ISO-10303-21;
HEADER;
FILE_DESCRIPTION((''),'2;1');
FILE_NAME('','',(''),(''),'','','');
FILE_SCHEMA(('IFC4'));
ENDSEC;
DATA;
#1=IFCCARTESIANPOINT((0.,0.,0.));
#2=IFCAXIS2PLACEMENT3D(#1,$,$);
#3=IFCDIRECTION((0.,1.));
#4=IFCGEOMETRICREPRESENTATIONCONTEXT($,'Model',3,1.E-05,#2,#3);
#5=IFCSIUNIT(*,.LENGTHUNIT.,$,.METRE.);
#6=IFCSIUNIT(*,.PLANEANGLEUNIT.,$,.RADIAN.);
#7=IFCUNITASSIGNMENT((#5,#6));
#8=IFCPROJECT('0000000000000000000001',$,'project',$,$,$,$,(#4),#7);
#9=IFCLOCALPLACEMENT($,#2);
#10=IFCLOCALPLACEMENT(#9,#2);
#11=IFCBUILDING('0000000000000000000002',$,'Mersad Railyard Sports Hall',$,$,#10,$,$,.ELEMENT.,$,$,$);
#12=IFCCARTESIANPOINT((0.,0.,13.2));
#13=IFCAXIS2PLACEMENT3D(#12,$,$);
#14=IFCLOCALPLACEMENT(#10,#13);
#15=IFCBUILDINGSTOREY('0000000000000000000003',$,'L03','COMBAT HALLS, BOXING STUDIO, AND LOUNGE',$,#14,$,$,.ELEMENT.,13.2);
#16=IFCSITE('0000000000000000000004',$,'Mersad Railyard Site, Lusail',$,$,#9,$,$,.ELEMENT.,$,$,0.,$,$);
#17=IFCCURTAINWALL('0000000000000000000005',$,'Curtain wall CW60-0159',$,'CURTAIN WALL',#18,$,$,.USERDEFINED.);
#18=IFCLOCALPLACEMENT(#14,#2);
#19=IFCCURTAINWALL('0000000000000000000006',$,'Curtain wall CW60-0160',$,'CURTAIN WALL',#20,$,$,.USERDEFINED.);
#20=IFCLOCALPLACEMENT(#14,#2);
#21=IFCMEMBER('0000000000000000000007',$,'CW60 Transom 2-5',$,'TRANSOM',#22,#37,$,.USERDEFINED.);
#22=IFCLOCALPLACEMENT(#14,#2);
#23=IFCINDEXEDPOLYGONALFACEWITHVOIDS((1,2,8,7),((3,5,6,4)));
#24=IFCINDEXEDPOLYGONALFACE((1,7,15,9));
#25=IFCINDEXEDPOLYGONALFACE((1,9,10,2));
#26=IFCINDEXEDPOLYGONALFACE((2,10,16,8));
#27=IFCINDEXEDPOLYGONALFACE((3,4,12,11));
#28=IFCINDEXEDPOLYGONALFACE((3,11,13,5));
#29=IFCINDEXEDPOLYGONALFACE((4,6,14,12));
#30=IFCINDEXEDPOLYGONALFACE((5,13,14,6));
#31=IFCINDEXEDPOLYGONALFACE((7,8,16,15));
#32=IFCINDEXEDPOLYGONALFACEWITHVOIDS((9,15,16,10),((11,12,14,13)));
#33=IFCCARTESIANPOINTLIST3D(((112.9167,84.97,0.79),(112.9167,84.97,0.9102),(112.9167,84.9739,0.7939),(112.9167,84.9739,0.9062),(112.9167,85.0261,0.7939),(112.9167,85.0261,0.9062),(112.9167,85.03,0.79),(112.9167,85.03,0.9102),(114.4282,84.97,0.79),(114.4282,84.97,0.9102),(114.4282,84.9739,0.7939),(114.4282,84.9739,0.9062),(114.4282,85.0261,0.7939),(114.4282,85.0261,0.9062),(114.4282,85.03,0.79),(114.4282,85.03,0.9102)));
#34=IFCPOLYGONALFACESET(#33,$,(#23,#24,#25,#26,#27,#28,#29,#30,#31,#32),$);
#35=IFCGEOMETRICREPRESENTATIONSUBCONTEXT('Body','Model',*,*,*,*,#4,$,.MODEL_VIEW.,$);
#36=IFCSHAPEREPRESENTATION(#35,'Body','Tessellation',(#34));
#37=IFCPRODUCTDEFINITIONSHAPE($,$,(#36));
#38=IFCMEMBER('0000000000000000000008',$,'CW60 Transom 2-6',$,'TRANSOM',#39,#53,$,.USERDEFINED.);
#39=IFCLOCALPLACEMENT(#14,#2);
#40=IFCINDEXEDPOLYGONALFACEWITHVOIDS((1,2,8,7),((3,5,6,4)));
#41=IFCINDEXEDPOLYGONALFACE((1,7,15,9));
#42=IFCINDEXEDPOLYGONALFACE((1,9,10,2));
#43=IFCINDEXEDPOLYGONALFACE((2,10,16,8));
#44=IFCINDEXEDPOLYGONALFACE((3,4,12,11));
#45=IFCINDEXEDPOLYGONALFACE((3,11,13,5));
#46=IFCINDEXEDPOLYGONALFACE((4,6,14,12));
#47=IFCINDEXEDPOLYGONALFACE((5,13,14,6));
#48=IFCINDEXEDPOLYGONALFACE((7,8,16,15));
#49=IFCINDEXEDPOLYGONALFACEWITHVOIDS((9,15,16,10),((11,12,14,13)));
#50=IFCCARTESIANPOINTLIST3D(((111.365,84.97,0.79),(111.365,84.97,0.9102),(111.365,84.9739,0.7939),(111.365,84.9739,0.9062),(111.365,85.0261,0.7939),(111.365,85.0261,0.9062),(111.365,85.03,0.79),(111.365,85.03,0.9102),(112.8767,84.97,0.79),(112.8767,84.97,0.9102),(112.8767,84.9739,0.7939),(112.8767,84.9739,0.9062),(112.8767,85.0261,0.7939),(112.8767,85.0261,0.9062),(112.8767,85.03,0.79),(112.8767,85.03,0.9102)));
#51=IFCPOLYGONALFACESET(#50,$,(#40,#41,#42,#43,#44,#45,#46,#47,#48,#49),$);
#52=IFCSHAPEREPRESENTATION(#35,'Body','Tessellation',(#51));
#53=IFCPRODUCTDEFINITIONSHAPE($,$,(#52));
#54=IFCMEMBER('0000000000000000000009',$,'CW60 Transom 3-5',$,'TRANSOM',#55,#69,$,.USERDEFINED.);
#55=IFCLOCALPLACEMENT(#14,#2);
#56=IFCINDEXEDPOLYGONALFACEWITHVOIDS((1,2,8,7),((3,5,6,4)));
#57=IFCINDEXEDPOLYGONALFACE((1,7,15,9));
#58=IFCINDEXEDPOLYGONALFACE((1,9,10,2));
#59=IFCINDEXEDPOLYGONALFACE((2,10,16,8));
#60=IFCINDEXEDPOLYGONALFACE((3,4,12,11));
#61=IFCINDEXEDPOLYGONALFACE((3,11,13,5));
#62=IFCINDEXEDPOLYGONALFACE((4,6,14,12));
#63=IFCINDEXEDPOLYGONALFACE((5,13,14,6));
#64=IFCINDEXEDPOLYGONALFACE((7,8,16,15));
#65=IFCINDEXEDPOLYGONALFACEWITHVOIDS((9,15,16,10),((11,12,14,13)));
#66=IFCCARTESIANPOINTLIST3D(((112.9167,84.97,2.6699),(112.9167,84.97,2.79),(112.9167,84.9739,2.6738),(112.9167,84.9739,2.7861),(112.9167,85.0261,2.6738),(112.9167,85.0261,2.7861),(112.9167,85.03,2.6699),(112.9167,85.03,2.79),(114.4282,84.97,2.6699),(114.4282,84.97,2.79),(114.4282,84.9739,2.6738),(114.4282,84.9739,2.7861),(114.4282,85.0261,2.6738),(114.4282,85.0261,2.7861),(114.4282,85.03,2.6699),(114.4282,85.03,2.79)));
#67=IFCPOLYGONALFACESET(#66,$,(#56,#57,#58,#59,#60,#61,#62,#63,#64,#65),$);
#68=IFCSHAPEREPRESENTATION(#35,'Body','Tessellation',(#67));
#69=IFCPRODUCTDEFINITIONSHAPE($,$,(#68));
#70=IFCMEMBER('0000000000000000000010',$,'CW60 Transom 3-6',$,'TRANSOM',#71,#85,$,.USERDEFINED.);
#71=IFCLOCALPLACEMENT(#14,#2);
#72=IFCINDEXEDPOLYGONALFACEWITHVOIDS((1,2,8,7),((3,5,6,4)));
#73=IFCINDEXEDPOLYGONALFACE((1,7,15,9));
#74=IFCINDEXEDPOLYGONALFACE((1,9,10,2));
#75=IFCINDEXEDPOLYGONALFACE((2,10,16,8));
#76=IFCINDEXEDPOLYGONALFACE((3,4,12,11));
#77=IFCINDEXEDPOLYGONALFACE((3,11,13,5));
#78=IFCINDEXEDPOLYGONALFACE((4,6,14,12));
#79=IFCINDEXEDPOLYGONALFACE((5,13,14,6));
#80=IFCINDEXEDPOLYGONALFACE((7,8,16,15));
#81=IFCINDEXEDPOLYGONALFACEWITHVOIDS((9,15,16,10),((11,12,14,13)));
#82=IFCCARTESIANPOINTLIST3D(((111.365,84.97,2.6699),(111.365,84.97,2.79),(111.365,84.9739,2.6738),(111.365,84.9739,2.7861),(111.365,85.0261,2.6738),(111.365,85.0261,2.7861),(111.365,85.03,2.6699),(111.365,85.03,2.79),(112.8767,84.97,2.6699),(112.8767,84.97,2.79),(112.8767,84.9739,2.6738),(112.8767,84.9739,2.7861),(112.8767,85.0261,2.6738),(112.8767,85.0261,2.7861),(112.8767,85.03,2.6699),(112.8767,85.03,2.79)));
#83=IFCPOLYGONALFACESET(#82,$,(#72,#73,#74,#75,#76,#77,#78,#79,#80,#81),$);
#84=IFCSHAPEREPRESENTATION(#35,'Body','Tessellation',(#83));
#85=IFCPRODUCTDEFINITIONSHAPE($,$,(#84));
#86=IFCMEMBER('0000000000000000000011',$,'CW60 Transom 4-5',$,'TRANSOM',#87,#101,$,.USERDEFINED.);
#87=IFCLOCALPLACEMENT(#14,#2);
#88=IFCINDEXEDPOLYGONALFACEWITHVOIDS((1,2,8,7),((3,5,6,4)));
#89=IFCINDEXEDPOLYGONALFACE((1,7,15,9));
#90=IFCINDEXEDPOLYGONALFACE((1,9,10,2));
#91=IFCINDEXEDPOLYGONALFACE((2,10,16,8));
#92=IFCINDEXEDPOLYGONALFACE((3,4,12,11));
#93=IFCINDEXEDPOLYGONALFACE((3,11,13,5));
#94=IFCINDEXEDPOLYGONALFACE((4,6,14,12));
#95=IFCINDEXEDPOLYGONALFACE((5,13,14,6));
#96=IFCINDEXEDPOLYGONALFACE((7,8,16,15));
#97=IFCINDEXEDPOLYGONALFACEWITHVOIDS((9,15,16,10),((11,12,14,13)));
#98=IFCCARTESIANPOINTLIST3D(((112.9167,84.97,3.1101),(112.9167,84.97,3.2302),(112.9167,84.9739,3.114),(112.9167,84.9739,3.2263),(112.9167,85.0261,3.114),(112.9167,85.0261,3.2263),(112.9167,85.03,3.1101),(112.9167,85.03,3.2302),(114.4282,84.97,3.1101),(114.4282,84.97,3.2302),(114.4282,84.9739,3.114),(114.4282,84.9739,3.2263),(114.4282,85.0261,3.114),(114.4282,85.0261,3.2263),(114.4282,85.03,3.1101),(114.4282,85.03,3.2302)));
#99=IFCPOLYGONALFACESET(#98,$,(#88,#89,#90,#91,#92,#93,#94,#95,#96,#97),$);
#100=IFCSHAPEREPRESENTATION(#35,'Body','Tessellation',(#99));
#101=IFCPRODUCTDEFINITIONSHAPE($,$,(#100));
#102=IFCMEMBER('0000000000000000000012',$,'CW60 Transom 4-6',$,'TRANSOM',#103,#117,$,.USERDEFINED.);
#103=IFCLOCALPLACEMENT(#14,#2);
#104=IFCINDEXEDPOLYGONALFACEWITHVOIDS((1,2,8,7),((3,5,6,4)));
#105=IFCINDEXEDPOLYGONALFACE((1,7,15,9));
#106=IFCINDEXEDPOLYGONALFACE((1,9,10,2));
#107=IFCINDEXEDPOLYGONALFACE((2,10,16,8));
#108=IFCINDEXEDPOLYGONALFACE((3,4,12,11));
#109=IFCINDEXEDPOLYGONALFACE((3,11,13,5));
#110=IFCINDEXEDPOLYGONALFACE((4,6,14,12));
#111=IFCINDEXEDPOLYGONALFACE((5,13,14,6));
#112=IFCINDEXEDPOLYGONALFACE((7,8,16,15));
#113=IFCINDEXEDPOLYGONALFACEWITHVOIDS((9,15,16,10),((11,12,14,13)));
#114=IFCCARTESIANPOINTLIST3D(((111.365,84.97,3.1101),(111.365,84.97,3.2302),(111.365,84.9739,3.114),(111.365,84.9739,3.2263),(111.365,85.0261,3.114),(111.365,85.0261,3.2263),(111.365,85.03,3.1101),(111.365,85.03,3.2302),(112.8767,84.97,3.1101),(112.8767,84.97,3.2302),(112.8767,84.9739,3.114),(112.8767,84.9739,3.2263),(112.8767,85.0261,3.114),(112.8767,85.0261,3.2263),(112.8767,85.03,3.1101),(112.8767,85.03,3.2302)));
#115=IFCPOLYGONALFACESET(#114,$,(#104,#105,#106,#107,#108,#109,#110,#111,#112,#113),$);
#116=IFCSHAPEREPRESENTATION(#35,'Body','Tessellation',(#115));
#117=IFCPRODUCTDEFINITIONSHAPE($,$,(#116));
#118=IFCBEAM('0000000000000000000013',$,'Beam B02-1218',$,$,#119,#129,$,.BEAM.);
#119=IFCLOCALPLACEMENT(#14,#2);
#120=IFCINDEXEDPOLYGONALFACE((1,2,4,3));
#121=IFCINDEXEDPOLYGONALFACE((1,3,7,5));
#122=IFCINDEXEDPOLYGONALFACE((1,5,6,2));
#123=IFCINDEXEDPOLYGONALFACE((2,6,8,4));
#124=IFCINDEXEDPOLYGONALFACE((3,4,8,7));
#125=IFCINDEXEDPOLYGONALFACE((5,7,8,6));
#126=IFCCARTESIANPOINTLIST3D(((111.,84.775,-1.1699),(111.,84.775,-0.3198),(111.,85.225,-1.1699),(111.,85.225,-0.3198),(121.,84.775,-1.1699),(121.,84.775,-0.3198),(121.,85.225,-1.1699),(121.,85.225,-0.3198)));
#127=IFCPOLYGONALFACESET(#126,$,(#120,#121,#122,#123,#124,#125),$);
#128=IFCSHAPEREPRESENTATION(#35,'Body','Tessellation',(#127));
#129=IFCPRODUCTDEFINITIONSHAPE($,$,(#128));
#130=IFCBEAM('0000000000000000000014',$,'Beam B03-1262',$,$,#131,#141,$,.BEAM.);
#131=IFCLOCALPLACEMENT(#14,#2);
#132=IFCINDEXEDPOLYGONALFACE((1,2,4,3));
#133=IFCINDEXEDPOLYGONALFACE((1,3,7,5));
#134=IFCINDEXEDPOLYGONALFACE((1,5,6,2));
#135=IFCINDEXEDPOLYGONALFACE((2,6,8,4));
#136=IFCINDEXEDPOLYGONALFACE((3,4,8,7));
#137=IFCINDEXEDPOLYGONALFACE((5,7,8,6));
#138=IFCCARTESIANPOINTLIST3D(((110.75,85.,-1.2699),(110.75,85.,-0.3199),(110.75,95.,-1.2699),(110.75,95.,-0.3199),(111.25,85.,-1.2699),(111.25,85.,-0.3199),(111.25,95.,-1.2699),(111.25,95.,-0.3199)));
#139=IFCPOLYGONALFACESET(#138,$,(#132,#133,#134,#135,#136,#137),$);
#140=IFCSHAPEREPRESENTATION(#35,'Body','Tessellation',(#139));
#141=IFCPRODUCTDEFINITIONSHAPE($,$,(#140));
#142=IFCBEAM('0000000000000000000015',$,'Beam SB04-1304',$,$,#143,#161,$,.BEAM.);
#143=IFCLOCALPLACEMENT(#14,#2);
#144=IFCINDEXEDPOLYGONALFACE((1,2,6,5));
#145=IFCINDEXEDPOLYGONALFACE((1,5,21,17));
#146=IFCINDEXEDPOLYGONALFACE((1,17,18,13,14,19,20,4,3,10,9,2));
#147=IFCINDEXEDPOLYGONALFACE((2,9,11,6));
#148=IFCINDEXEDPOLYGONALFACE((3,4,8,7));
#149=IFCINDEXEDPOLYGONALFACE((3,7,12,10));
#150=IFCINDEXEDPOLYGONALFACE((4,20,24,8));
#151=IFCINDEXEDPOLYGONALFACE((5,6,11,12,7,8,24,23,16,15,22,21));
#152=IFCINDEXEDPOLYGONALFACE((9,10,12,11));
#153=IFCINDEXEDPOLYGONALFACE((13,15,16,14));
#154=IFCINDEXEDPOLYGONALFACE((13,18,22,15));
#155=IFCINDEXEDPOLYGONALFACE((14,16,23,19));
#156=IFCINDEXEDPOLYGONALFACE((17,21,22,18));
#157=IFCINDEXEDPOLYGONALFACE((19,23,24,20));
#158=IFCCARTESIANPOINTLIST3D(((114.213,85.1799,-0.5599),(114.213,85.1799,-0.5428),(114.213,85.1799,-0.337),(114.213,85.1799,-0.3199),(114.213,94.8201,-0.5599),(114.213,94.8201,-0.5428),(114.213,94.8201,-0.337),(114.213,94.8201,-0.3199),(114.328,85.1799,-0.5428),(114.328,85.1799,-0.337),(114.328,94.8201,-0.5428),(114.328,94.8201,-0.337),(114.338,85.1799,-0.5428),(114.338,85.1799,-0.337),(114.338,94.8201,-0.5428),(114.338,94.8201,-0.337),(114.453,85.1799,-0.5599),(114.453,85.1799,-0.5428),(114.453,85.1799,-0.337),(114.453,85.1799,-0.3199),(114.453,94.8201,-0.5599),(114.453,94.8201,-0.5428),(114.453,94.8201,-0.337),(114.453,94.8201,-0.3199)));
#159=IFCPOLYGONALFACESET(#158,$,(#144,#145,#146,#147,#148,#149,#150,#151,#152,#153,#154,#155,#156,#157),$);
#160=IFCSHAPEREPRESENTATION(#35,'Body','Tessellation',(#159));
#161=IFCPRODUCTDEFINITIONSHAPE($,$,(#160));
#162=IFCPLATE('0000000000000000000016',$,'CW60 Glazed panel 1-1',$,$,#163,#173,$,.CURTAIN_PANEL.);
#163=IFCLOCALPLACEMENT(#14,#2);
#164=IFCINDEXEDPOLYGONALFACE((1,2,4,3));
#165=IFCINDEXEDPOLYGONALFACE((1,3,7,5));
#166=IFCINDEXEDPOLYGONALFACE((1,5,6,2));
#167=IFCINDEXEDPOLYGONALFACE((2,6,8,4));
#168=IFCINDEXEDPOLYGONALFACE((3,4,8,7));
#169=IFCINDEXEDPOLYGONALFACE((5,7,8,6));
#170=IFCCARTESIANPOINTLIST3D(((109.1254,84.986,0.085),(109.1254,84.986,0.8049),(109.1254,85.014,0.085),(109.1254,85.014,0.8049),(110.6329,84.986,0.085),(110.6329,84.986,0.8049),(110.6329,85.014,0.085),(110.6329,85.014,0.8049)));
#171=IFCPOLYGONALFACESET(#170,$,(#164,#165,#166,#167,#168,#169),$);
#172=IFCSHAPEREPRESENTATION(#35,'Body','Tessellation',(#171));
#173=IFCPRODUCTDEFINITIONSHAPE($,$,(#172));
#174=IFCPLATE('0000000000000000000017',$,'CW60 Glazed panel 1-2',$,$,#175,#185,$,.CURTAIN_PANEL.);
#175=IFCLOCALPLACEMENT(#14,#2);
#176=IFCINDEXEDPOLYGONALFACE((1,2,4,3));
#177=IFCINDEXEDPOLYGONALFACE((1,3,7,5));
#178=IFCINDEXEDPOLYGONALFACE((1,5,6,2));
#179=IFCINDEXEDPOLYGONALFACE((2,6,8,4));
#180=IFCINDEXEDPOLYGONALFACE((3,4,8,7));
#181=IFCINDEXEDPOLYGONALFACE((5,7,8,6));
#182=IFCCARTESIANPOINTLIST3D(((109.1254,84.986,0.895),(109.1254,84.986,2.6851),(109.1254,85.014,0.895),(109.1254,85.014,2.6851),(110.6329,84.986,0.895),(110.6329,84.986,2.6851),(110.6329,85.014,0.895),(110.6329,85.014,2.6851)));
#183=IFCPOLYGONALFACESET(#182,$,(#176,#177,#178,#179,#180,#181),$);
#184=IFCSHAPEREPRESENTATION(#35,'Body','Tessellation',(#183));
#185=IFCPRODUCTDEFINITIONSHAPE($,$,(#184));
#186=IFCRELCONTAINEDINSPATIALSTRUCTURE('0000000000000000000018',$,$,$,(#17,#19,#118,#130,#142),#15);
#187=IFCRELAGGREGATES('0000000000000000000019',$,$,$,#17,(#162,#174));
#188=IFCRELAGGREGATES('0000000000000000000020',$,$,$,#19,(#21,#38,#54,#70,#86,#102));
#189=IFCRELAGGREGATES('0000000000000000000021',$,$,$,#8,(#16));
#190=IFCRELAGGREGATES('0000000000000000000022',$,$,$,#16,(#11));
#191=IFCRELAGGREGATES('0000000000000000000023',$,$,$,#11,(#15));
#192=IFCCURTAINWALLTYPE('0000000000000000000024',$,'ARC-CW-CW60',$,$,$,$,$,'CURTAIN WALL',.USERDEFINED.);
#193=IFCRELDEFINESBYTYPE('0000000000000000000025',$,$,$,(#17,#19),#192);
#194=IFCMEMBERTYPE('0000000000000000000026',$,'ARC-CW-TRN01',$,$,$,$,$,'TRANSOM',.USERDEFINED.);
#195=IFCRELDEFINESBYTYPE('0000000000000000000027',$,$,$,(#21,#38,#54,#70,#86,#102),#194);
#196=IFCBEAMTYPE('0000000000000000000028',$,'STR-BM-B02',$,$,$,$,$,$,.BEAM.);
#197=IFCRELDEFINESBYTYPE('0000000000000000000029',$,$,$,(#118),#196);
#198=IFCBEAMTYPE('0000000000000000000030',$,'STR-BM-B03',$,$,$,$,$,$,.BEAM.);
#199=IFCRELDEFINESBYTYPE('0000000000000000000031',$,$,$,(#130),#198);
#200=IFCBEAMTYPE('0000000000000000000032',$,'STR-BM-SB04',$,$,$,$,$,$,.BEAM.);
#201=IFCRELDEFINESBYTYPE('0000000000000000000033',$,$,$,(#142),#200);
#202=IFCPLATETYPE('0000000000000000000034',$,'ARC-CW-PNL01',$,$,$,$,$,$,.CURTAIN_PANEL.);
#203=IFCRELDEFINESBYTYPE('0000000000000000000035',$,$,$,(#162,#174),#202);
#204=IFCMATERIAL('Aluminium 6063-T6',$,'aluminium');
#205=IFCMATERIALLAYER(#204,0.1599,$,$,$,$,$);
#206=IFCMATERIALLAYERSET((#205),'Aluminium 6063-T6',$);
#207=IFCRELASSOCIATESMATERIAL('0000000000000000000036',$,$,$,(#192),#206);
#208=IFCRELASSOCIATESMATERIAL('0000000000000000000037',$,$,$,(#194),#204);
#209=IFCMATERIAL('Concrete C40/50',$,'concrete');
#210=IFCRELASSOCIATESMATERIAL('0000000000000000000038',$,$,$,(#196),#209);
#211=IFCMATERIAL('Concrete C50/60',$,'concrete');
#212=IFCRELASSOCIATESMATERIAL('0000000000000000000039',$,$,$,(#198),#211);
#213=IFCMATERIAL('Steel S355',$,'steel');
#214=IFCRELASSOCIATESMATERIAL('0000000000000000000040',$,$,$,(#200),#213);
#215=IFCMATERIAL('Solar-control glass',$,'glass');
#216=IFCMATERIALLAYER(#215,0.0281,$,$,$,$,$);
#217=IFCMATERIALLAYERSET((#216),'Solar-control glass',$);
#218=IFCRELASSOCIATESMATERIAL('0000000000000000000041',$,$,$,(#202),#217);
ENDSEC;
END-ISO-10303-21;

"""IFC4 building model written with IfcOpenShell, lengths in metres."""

from ifc_helpers import new_model, si_unit, direction, frame, origin, origin_2d, place, context, subcontext, project, spatial, rectangle, hollow_rectangle, i_section, extrude, material, layer, layer_set, material_profile, profile_set, type_object, element, aggregate, save


model = new_model("IFC4")

# Units and contexts
model_context = context("Model", 3, precision=1e-05, world=origin(), true_north=direction((0.0, 1.0)))
body_context = subcontext(model_context, "Body", "Model", "MODEL_VIEW")
ifc_project = project(units=[si_unit("LENGTHUNIT", "METRE"), si_unit("PLANEANGLEUNIT", "RADIAN")], contexts=[model_context])

# Site, building, storey
site_placement = place(None, origin())
site = spatial("IfcSite", under=ifc_project, at=site_placement, Name="Mersad Railyard Site, Lusail", CompositionType="ELEMENT", RefElevation=0.0)
building_placement = place(site_placement, origin())
building = spatial("IfcBuilding", under=site, at=building_placement, Name="Mersad Railyard Sports Hall", CompositionType="ELEMENT")
storey_placement = place(building_placement, frame((0.0, 0.0, 13.2)))
storey = spatial("IfcBuildingStorey", under=building, at=storey_placement, Name="L03", Description="COMBAT HALLS, BOXING STUDIO, AND LOUNGE", CompositionType="ELEMENT", Elevation=13.2)

# Shared definitions
ifc_material_1 = material(Name="Concrete C40/50", Category="concrete")

# Curtain wall
ifc_material_2 = material(Name="Aluminium 6063-T6", Category="aluminium")
ifc_layer_1 = layer(ifc_material_2, 0.1599)
ifc_layer_set_1 = layer_set([ifc_layer_1], Name="Aluminium 6063-T6")
curtain_wall_type = type_object("IfcCurtainWallType", Name="ARC-CW-CW60", ElementType="CURTAIN WALL", PredefinedType="USERDEFINED", material=ifc_layer_set_1)
curtain_wall_1_placement = place(storey_placement, origin())
curtain_wall_1 = element("IfcCurtainWall", 1, at=curtain_wall_1_placement, inside=storey, type_object=curtain_wall_type, Name="Curtain wall CW60-0159", ObjectType="CURTAIN WALL", PredefinedType="USERDEFINED")

# Curtain wall
curtain_wall_2_placement = place(storey_placement, origin())
curtain_wall_2 = element("IfcCurtainWall", 2, at=curtain_wall_2_placement, inside=storey, type_object=curtain_wall_type, Name="Curtain wall CW60-0160", ObjectType="CURTAIN WALL", PredefinedType="USERDEFINED")

# Members
ifc_material_profile_1 = material_profile(ifc_material_2, hollow_rectangle(XDim=0.0601, YDim=0.1201, WallThickness=0.0039, at=origin_2d()), Name="AL TRANSOM 60x120x4")
ifc_profile_set_1 = profile_set([ifc_material_profile_1], Name="Aluminium 6063-T6")
member_type_1 = type_object("IfcMemberType", Name="ARC-CW-TRN01", ElementType="TRANSOM", PredefinedType="USERDEFINED", material=ifc_profile_set_1)
member_1_placement = place(storey_placement, frame((114.4282, 85.0, 0.8501), z_axis=(-1.0, 0.0, 0.0), x_axis=(0.0, -1.0, 0.0)))
member_1 = element("IfcMember", 3, at=member_1_placement, type_object=member_type_1, Name="CW60 Transom 2-5", ObjectType="TRANSOM", PredefinedType="USERDEFINED", context=body_context, shape_type="SweptSolid", body=[
    extrude(hollow_rectangle(XDim=0.0601, YDim=0.1201, WallThickness=0.0039, at=origin_2d()), origin(), (0.0, 0.0, 1.0), 1.5115),
])
member_2_placement = place(storey_placement, frame((112.8767, 85.0, 0.8501), z_axis=(-1.0, 0.0, 0.0), x_axis=(0.0, -1.0, 0.0)))
member_2 = element("IfcMember", 4, at=member_2_placement, type_object=member_type_1, Name="CW60 Transom 2-6", ObjectType="TRANSOM", PredefinedType="USERDEFINED", context=body_context, shape_type="SweptSolid", body=[
    extrude(hollow_rectangle(XDim=0.0601, YDim=0.1201, WallThickness=0.0039, at=origin_2d()), origin(), (0.0, 0.0, 1.0), 1.5117),
])
member_3_placement = place(storey_placement, frame((114.4282, 85.0, 2.73), z_axis=(-1.0, 0.0, 0.0), x_axis=(0.0, -1.0, 0.0)))
member_3 = element("IfcMember", 5, at=member_3_placement, type_object=member_type_1, Name="CW60 Transom 3-5", ObjectType="TRANSOM", PredefinedType="USERDEFINED", context=body_context, shape_type="SweptSolid", body=[
    extrude(hollow_rectangle(XDim=0.0601, YDim=0.1201, WallThickness=0.0039, at=origin_2d()), origin(), (0.0, 0.0, 1.0), 1.5115),
])
member_4_placement = place(storey_placement, frame((112.8767, 85.0, 2.73), z_axis=(-1.0, 0.0, 0.0), x_axis=(0.0, -1.0, 0.0)))
member_4 = element("IfcMember", 6, at=member_4_placement, type_object=member_type_1, Name="CW60 Transom 3-6", ObjectType="TRANSOM", PredefinedType="USERDEFINED", context=body_context, shape_type="SweptSolid", body=[
    extrude(hollow_rectangle(XDim=0.0601, YDim=0.1201, WallThickness=0.0039, at=origin_2d()), origin(), (0.0, 0.0, 1.0), 1.5117),
])
member_5_placement = place(storey_placement, frame((114.4282, 85.0, 3.1702), z_axis=(-1.0, 0.0, 0.0), x_axis=(0.0, -1.0, 0.0)))
member_5 = element("IfcMember", 7, at=member_5_placement, type_object=member_type_1, Name="CW60 Transom 4-5", ObjectType="TRANSOM", PredefinedType="USERDEFINED", context=body_context, shape_type="SweptSolid", body=[
    extrude(hollow_rectangle(XDim=0.0601, YDim=0.1201, WallThickness=0.0039, at=origin_2d()), origin(), (0.0, 0.0, 1.0), 1.5115),
])
member_6_placement = place(storey_placement, frame((112.8767, 85.0, 3.1702), z_axis=(-1.0, 0.0, 0.0), x_axis=(0.0, -1.0, 0.0)))
member_6 = element("IfcMember", 8, at=member_6_placement, type_object=member_type_1, Name="CW60 Transom 4-6", ObjectType="TRANSOM", PredefinedType="USERDEFINED", context=body_context, shape_type="SweptSolid", body=[
    extrude(hollow_rectangle(XDim=0.0601, YDim=0.1201, WallThickness=0.0039, at=origin_2d()), origin(), (0.0, 0.0, 1.0), 1.5117),
])

# Beams
ifc_material_profile_2 = material_profile(ifc_material_1, rectangle(XDim=0.45, YDim=0.8501, at=origin_2d()), Name="RC 450x850")
ifc_profile_set_2 = profile_set([ifc_material_profile_2], Name="Concrete C40/50")
beam_type_1 = type_object("IfcBeamType", Name="STR-BM-B02", PredefinedType="BEAM", material=ifc_profile_set_2)
beam_1_placement = place(storey_placement, frame((111.0, 85.0, -0.7449), z_axis=(1.0, 0.0, 0.0), x_axis=(0.0, 1.0, 0.0)))
element("IfcBeam", 9, at=beam_1_placement, inside=storey, type_object=beam_type_1, Name="Beam B02-1218", PredefinedType="BEAM", context=body_context, shape_type="SweptSolid", body=[
    extrude(rectangle(XDim=0.45, YDim=0.8501, at=origin_2d()), origin(), (0.0, 0.0, 1.0), 10.0),
])
ifc_material_3 = material(Name="Concrete C50/60", Category="concrete")
ifc_material_profile_3 = material_profile(ifc_material_3, rectangle(XDim=0.5, YDim=0.95, at=origin_2d()), Name="RC 500x950")
ifc_profile_set_3 = profile_set([ifc_material_profile_3], Name="Concrete C50/60")
beam_type_2 = type_object("IfcBeamType", Name="STR-BM-B03", PredefinedType="BEAM", material=ifc_profile_set_3)
beam_2_placement = place(storey_placement, frame((111.0, 85.0, -0.7949), z_axis=(0.0, 1.0, 0.0), x_axis=(-1.0, 0.0, 0.0)))
element("IfcBeam", 10, at=beam_2_placement, inside=storey, type_object=beam_type_2, Name="Beam B03-1262", PredefinedType="BEAM", context=body_context, shape_type="SweptSolid", body=[
    extrude(rectangle(XDim=0.5, YDim=0.95, at=origin_2d()), origin(), (0.0, 0.0, 1.0), 10.0),
])
ifc_material_4 = material(Name="Steel S355", Category="steel")
ifc_material_profile_4 = material_profile(ifc_material_4, i_section(OverallWidth=0.24, OverallDepth=0.24, WebThickness=0.01, FlangeThickness=0.0171, at=origin_2d()), Name="HEB 240")
ifc_profile_set_4 = profile_set([ifc_material_profile_4], Name="Steel S355")
beam_type_3 = type_object("IfcBeamType", Name="STR-BM-SB04", PredefinedType="BEAM", material=ifc_profile_set_4)
beam_3_placement = place(storey_placement, frame((114.333, 85.1799, -0.4399), z_axis=(0.0, 1.0, 0.0), x_axis=(-1.0, 0.0, 0.0)))
element("IfcBeam", 11, at=beam_3_placement, inside=storey, type_object=beam_type_3, Name="Beam SB04-1304", PredefinedType="BEAM", context=body_context, shape_type="SweptSolid", body=[
    extrude(i_section(OverallWidth=0.24, OverallDepth=0.24, WebThickness=0.01, FlangeThickness=0.0171, at=origin_2d()), origin(), (0.0, 0.0, 1.0), 9.6401),
])

# Plates
ifc_material_5 = material(Name="Solar-control glass", Category="glass")
ifc_layer_2 = layer(ifc_material_5, 0.0281)
ifc_layer_set_2 = layer_set([ifc_layer_2], Name="Solar-control glass")
plate_type = type_object("IfcPlateType", Name="ARC-CW-PNL01", PredefinedType="CURTAIN_PANEL", material=ifc_layer_set_2)
plate_1_placement = place(storey_placement, frame((109.8792, 85.0, 0.085), z_axis=(0.0, 0.0, 1.0), x_axis=(-1.0, 0.0, 0.0)))
plate_1 = element("IfcPlate", 12, at=plate_1_placement, type_object=plate_type, Name="CW60 Glazed panel 1-1", PredefinedType="CURTAIN_PANEL", context=body_context, shape_type="SweptSolid", body=[
    extrude(rectangle(XDim=1.5076, YDim=0.0281, at=origin_2d()), origin(), (0.0, 0.0, 1.0), 0.72),
])
plate_2_placement = place(storey_placement, frame((109.8792, 85.0, 0.895), z_axis=(0.0, 0.0, 1.0), x_axis=(-1.0, 0.0, 0.0)))
plate_2 = element("IfcPlate", 13, at=plate_2_placement, type_object=plate_type, Name="CW60 Glazed panel 1-2", PredefinedType="CURTAIN_PANEL", context=body_context, shape_type="SweptSolid", body=[
    extrude(rectangle(XDim=1.5076, YDim=0.0281, at=origin_2d()), origin(), (0.0, 0.0, 1.0), 1.79),
])
aggregate(curtain_wall_1, [plate_1, plate_2])
aggregate(curtain_wall_2, [member_1, member_2, member_3, member_4, member_5, member_6])

save(model, "model.ifc")
